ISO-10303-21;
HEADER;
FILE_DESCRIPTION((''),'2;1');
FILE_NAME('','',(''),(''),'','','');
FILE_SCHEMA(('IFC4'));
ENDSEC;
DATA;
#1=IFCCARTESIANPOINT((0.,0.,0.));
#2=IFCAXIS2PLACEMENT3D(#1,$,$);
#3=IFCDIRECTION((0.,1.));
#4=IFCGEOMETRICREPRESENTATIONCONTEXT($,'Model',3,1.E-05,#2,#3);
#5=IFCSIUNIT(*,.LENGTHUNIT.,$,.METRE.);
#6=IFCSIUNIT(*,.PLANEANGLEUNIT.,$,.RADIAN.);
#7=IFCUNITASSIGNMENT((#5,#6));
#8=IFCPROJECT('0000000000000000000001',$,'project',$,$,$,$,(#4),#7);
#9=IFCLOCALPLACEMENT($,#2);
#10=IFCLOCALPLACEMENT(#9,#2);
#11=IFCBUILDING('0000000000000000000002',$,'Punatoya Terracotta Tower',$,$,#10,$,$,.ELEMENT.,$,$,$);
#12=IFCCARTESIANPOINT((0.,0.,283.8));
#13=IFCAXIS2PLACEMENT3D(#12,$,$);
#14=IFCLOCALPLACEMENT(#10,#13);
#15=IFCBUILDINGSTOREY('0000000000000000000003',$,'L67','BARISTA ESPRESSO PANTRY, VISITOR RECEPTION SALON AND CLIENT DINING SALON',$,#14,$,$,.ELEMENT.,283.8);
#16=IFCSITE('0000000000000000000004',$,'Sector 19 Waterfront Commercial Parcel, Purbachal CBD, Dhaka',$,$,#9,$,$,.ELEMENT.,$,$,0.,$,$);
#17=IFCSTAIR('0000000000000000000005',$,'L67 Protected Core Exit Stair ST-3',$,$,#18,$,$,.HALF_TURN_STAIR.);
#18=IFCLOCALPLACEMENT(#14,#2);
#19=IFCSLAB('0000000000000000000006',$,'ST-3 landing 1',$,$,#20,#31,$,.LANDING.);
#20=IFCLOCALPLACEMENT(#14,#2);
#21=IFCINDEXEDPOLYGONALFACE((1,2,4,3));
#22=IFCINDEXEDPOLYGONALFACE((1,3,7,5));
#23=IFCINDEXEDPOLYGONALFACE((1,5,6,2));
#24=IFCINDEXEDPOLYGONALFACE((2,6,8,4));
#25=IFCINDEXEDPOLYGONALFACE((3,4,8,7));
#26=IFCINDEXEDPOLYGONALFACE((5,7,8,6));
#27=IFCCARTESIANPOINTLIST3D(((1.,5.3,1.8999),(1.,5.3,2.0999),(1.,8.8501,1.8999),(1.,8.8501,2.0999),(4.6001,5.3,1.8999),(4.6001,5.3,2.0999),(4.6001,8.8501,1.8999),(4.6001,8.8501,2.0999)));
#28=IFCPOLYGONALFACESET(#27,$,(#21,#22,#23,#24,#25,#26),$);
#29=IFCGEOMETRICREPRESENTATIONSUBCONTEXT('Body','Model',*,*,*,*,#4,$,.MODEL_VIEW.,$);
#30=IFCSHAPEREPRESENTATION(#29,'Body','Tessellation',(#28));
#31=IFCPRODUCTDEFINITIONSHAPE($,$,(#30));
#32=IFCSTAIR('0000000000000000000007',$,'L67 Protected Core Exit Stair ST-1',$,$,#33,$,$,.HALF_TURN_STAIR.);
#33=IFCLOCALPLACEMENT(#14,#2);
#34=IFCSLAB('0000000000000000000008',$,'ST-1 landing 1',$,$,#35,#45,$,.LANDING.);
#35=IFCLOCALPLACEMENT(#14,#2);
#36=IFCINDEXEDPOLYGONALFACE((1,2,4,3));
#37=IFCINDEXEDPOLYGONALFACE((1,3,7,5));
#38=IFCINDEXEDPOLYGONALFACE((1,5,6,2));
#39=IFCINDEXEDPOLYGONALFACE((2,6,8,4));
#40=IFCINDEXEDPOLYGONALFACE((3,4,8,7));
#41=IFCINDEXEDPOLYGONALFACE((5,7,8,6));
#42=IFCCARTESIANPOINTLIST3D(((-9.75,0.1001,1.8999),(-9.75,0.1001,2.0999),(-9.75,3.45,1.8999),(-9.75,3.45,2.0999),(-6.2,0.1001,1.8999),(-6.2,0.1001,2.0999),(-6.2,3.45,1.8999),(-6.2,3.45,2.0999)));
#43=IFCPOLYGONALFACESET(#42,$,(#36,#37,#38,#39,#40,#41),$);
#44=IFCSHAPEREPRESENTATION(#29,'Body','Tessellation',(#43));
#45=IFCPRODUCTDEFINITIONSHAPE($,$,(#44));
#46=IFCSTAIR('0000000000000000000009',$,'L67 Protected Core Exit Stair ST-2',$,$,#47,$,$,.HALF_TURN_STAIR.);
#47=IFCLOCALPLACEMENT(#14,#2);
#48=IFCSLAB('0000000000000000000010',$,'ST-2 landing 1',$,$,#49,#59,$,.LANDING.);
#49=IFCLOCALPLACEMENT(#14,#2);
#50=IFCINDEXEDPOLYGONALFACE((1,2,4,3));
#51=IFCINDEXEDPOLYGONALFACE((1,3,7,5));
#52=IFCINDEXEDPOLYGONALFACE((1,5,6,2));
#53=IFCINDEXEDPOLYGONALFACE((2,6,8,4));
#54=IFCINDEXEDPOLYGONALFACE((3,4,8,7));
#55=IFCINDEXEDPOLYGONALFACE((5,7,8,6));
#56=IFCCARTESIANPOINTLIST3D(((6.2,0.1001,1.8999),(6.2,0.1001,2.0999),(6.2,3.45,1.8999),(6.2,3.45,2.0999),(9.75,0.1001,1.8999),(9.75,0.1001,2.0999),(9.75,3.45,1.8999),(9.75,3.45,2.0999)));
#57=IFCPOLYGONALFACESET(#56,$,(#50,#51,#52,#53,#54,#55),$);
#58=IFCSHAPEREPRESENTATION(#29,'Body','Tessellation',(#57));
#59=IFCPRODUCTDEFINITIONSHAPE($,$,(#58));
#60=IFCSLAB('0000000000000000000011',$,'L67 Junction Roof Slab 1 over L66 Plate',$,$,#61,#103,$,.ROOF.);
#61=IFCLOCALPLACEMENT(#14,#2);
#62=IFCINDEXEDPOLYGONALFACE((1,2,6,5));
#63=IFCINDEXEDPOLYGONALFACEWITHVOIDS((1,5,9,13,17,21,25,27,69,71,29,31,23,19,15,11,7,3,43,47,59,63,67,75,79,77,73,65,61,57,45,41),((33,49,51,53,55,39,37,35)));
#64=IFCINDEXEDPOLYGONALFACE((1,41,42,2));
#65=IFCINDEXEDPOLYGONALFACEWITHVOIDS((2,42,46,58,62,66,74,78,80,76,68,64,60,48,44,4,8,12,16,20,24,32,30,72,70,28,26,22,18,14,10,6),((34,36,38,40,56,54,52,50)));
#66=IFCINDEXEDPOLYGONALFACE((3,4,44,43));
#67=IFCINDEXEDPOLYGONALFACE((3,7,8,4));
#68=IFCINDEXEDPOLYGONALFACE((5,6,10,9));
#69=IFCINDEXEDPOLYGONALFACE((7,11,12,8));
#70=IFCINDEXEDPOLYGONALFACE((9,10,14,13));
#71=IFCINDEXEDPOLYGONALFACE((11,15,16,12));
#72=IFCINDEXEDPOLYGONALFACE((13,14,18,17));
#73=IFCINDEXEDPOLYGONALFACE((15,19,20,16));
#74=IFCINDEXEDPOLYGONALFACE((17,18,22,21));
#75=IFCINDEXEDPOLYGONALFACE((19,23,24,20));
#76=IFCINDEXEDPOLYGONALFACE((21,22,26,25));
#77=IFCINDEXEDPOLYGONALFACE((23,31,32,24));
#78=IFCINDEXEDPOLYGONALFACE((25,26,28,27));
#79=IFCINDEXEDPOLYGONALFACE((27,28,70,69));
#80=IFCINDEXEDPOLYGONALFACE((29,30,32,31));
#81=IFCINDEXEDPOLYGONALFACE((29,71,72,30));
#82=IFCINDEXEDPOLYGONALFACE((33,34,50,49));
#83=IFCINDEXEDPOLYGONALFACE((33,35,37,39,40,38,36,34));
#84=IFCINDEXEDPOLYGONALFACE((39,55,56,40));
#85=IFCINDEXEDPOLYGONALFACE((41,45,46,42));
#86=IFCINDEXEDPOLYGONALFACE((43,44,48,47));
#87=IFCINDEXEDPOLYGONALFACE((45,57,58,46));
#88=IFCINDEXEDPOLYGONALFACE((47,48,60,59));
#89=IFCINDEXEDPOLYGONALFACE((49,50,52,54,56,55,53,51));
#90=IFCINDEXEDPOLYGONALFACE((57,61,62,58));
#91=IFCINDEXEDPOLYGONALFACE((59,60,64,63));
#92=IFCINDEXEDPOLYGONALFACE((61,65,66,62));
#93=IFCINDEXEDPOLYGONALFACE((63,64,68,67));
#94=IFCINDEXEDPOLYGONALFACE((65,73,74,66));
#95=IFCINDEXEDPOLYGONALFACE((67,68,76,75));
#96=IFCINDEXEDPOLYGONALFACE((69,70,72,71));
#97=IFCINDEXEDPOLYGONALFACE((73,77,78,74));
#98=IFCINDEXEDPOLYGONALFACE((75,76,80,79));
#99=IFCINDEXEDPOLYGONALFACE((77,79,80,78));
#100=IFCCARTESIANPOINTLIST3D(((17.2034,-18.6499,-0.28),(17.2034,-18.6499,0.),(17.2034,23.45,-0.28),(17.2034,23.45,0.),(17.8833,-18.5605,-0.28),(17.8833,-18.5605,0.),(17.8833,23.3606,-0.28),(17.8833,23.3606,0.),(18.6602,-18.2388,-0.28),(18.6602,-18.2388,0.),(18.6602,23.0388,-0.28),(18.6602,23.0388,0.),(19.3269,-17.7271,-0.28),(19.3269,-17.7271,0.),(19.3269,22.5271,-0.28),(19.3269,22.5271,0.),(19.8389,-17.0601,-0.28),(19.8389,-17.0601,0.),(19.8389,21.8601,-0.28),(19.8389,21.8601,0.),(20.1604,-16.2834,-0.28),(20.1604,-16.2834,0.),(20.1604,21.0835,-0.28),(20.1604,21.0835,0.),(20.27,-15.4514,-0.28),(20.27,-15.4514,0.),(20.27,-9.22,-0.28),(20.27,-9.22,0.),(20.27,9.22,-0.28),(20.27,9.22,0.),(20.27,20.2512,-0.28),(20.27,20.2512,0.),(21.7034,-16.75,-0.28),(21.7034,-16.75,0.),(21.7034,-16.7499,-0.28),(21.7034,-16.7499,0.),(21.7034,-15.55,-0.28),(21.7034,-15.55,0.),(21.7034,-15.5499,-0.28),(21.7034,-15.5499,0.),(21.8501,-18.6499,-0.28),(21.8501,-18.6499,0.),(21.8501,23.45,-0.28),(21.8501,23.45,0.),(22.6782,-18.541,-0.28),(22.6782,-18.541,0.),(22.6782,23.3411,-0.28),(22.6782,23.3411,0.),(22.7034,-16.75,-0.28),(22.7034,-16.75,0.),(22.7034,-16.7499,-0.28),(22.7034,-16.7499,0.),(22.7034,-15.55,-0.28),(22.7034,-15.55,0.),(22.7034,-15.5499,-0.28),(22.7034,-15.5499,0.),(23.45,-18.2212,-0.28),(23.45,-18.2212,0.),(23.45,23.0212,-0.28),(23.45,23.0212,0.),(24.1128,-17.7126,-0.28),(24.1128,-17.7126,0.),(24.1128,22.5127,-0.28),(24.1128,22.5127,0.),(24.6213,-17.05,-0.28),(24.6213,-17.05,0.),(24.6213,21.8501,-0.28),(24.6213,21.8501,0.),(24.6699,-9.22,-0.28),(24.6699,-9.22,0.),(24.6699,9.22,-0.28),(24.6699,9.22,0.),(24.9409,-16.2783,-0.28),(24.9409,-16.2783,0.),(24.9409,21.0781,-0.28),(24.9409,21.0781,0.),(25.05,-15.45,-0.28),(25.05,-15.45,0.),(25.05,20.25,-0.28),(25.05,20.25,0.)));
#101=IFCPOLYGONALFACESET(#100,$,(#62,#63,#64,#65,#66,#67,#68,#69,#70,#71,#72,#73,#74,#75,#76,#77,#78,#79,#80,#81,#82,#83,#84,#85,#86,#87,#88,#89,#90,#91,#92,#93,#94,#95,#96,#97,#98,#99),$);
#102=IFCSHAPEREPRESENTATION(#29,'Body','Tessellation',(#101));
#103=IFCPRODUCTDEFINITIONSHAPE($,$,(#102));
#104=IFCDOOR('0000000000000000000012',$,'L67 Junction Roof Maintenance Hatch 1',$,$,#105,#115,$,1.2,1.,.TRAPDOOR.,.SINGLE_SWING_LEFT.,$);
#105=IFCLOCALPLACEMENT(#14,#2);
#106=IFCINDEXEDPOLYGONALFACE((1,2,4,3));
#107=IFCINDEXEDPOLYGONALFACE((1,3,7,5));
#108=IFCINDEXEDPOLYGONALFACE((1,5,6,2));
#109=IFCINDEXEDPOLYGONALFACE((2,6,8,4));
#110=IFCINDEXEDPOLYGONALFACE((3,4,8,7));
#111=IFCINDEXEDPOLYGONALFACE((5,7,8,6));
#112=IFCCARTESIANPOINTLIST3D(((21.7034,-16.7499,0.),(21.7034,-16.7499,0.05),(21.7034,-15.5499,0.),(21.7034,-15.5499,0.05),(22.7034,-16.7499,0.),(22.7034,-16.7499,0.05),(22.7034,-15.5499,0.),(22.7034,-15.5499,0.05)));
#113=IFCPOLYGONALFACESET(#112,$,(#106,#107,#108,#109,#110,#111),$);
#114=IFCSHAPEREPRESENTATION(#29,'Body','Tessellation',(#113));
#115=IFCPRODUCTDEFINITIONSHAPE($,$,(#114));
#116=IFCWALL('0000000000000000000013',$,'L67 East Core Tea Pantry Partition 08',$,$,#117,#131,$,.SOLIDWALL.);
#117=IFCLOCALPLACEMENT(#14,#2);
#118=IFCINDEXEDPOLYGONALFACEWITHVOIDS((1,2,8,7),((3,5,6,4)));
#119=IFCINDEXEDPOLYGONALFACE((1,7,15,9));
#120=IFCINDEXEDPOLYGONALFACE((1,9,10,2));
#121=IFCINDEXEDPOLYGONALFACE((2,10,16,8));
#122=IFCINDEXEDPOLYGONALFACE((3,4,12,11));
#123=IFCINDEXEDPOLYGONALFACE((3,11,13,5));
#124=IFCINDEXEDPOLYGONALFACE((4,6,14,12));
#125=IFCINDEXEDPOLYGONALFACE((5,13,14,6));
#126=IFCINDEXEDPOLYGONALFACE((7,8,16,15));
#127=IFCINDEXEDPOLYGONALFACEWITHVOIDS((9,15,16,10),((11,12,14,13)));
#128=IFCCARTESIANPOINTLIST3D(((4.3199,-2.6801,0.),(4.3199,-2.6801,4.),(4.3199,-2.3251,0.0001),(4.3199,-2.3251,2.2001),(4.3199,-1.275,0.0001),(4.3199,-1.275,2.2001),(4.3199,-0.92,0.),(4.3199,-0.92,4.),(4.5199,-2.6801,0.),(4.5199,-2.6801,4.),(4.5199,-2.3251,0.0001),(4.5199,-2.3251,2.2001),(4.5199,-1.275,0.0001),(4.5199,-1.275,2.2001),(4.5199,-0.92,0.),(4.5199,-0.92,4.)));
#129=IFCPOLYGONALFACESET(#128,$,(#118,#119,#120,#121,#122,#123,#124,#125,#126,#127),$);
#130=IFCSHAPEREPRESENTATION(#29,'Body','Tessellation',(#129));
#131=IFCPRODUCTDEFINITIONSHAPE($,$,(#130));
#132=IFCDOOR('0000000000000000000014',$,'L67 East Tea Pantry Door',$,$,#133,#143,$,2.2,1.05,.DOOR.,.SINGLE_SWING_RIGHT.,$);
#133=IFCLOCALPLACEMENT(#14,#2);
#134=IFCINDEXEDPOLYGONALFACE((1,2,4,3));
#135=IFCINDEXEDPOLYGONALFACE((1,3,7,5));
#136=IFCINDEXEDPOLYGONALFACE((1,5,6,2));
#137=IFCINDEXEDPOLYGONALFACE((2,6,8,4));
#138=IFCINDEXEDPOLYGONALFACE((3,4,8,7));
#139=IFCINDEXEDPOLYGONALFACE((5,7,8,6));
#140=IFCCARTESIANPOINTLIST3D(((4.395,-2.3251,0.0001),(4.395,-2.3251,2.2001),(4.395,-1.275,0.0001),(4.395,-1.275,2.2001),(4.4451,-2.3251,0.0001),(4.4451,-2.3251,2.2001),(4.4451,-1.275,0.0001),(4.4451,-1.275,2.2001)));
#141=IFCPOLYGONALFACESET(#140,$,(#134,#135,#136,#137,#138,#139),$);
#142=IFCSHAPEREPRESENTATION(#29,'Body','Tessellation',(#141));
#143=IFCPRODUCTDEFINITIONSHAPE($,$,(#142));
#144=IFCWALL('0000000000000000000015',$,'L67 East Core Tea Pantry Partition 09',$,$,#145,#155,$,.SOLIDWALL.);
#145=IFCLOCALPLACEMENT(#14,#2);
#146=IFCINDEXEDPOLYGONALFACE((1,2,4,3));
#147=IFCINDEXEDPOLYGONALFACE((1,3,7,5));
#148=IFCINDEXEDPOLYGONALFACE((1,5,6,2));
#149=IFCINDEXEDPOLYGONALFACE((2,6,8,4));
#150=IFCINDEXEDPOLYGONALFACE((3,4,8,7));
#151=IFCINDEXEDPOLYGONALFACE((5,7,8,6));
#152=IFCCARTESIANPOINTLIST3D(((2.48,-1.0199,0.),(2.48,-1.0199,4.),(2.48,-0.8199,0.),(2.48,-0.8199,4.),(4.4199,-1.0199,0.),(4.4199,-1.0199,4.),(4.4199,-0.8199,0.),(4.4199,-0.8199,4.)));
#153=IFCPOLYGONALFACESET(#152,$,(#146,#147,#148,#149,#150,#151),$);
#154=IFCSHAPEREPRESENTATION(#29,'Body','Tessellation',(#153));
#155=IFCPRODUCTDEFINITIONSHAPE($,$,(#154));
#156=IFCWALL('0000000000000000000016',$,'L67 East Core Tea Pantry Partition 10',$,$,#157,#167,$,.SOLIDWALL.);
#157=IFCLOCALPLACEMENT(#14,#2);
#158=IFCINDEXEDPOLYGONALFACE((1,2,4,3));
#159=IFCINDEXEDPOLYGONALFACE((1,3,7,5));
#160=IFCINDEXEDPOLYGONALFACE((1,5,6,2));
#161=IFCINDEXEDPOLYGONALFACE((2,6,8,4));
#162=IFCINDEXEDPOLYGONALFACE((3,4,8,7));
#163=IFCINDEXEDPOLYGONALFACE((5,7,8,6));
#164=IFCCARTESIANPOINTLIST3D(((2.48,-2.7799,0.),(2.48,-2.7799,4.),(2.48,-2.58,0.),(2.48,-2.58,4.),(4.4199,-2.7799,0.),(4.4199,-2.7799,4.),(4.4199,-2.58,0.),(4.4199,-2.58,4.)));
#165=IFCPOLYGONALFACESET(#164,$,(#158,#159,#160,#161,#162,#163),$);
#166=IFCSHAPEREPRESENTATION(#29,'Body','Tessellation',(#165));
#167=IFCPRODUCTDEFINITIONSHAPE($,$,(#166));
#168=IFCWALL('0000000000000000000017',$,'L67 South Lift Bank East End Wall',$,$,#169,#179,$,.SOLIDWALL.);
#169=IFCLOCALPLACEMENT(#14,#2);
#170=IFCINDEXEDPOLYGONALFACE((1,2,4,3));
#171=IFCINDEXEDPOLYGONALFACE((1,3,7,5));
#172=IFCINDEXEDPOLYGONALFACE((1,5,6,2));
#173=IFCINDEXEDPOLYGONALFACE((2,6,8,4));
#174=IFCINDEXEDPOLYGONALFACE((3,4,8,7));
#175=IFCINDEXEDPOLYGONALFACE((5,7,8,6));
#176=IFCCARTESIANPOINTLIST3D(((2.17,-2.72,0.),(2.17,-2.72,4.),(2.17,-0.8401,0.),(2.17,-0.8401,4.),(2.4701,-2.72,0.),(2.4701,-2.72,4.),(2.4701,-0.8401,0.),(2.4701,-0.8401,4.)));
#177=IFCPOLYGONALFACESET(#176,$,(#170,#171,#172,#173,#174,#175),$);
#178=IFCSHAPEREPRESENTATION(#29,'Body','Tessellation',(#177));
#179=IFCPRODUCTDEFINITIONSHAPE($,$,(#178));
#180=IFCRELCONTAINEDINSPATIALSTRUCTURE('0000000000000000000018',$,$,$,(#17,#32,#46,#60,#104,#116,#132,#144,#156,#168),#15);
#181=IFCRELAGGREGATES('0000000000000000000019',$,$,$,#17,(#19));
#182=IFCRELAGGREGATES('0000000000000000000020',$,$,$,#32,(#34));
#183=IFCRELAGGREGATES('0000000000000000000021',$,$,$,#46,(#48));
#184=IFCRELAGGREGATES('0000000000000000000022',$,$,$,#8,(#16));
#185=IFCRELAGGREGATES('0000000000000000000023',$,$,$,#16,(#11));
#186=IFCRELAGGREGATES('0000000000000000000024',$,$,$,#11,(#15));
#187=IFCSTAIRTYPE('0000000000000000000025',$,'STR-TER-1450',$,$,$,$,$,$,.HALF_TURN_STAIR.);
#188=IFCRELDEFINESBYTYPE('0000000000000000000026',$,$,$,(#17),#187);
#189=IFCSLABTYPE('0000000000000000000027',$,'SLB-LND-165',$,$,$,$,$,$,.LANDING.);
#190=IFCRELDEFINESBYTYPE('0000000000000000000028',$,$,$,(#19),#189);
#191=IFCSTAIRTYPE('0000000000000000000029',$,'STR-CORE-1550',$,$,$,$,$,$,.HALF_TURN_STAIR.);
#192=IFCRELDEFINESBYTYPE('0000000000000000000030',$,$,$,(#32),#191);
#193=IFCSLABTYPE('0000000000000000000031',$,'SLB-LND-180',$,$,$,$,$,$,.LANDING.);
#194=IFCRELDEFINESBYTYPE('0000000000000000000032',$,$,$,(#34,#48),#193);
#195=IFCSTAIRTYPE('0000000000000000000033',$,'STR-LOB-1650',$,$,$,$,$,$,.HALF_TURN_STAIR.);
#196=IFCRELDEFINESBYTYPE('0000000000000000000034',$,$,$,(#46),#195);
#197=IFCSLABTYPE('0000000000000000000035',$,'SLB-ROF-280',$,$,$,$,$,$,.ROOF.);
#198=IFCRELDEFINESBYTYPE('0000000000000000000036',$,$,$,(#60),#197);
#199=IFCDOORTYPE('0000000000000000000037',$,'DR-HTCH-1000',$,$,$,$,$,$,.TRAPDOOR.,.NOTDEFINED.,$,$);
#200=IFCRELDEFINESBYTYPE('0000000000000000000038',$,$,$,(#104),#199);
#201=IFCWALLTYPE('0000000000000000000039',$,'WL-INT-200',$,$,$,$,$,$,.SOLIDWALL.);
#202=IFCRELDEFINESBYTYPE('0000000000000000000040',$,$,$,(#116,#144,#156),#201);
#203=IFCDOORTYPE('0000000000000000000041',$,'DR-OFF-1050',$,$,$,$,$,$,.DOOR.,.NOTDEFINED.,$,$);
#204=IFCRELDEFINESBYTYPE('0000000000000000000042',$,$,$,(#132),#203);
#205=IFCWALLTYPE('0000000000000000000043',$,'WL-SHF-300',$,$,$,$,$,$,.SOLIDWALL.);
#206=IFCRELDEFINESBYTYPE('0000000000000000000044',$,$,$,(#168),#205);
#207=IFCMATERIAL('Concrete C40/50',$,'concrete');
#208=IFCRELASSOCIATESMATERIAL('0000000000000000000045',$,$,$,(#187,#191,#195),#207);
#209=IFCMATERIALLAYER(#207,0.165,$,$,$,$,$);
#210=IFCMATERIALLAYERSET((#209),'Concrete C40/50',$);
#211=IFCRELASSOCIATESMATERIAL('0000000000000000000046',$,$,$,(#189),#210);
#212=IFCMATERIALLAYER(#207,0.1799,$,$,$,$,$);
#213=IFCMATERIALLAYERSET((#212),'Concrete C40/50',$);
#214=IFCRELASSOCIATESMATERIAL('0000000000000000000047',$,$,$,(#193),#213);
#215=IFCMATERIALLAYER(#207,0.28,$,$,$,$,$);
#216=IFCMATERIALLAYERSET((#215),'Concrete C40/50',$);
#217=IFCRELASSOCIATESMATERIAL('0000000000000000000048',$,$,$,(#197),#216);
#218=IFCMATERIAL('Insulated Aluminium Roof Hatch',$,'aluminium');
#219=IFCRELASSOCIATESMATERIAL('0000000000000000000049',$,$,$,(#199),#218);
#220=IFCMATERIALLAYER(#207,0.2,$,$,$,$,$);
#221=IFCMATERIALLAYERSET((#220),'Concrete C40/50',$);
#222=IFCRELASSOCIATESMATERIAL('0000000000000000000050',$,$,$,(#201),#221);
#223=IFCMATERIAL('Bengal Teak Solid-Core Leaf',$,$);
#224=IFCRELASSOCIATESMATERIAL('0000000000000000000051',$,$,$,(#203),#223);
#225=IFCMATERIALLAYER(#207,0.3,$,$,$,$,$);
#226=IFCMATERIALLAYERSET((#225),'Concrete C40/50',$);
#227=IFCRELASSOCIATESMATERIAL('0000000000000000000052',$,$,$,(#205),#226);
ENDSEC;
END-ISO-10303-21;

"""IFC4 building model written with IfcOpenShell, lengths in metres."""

from ifc_helpers import new_model, si_unit, direction, frame, frame_2d, origin, origin_2d, place, context, subcontext, project, spatial, polyline, rectangle, outline, extrude, material, layer, layer_set, type_object, element, fill, aggregate, save


model = new_model("IFC4")

# Units and contexts
model_context = context("Model", 3, precision=1e-05, world=origin(), true_north=direction((0.0, 1.0)))
body_context = subcontext(model_context, "Body", "Model", "MODEL_VIEW")
ifc_project = project(units=[si_unit("LENGTHUNIT", "METRE"), si_unit("PLANEANGLEUNIT", "RADIAN")], contexts=[model_context])

# Site, building, storey
site_placement = place(None, origin())
site = spatial("IfcSite", under=ifc_project, at=site_placement, Name="Sector 19 Waterfront Commercial Parcel, Purbachal CBD, Dhaka", CompositionType="ELEMENT", RefElevation=0.0)
building_placement = place(site_placement, origin())
building = spatial("IfcBuilding", under=site, at=building_placement, Name="Punatoya Terracotta Tower", CompositionType="ELEMENT")
storey_placement = place(building_placement, frame((0.0, 0.0, 283.8)))
storey = spatial("IfcBuildingStorey", under=building, at=storey_placement, Name="L67", Description="BARISTA ESPRESSO PANTRY, VISITOR RECEPTION SALON AND CLIENT DINING SALON", CompositionType="ELEMENT", Elevation=283.8)

# Stairs, slabs
ifc_material_1 = material(Name="Concrete C40/50", Category="concrete")
stair_type_1 = type_object("IfcStairType", Name="STR-TER-1450", PredefinedType="HALF_TURN_STAIR", material=ifc_material_1)
stair_1_placement = place(storey_placement, origin())
stair_1 = element("IfcStair", 1, at=stair_1_placement, inside=storey, type_object=stair_type_1, Name="L67 Protected Core Exit Stair ST-3", PredefinedType="HALF_TURN_STAIR")
ifc_layer_1 = layer(ifc_material_1, 0.165)
ifc_layer_set_1 = layer_set([ifc_layer_1], Name="Concrete C40/50")
slab_type_1 = type_object("IfcSlabType", Name="SLB-LND-165", PredefinedType="LANDING", material=ifc_layer_set_1)
slab_1_placement = place(storey_placement, frame((0.0, 0.0, 1.8999)))
slab_1 = element("IfcSlab", 2, at=slab_1_placement, type_object=slab_type_1, Name="ST-3 landing 1", PredefinedType="LANDING", context=body_context, shape_type="SweptSolid", body=[
    extrude(outline(polyline([(1.0, 5.3), (4.6001, 5.3), (4.6001, 8.8501), (1.0, 8.8501), (1.0, 5.3)])), origin(), (0.0, 0.0, 1.0), 0.2),
])
aggregate(stair_1, [slab_1])
stair_type_2 = type_object("IfcStairType", Name="STR-CORE-1550", PredefinedType="HALF_TURN_STAIR", material=ifc_material_1)
stair_2_placement = place(storey_placement, origin())
stair_2 = element("IfcStair", 3, at=stair_2_placement, inside=storey, type_object=stair_type_2, Name="L67 Protected Core Exit Stair ST-1", PredefinedType="HALF_TURN_STAIR")
ifc_layer_2 = layer(ifc_material_1, 0.1799)
ifc_layer_set_2 = layer_set([ifc_layer_2], Name="Concrete C40/50")
slab_type_2 = type_object("IfcSlabType", Name="SLB-LND-180", PredefinedType="LANDING", material=ifc_layer_set_2)
slab_2_placement = place(storey_placement, frame((0.0, 0.0, 1.8999)))
slab_2 = element("IfcSlab", 4, at=slab_2_placement, type_object=slab_type_2, Name="ST-1 landing 1", PredefinedType="LANDING", context=body_context, shape_type="SweptSolid", body=[
    extrude(outline(polyline([(-6.2, 0.1001), (-6.2, 3.45), (-9.75, 3.45), (-9.75, 0.1001), (-6.2, 0.1001)])), origin(), (0.0, 0.0, 1.0), 0.2),
])
aggregate(stair_2, [slab_2])
stair_type_3 = type_object("IfcStairType", Name="STR-LOB-1650", PredefinedType="HALF_TURN_STAIR", material=ifc_material_1)
stair_3_placement = place(storey_placement, origin())
stair_3 = element("IfcStair", 5, at=stair_3_placement, inside=storey, type_object=stair_type_3, Name="L67 Protected Core Exit Stair ST-2", PredefinedType="HALF_TURN_STAIR")
slab_3_placement = place(storey_placement, frame((0.0, 0.0, 1.8999)))
slab_3 = element("IfcSlab", 6, at=slab_3_placement, type_object=slab_type_2, Name="ST-2 landing 1", PredefinedType="LANDING", context=body_context, shape_type="SweptSolid", body=[
    extrude(outline(polyline([(9.75, 0.1001), (9.75, 3.45), (6.2, 3.45), (6.2, 0.1001), (9.75, 0.1001)])), origin(), (0.0, 0.0, 1.0), 0.2),
])

# Slab, opening, door
ifc_layer_3 = layer(ifc_material_1, 0.28)
ifc_layer_set_3 = layer_set([ifc_layer_3], Name="Concrete C40/50")
slab_type_3 = type_object("IfcSlabType", Name="SLB-ROF-280", PredefinedType="ROOF", material=ifc_layer_set_3)
slab_4_placement = place(storey_placement, frame((0.0, 0.0, -0.28)))
slab_4 = element("IfcSlab", 7, at=slab_4_placement, inside=storey, type_object=slab_type_3, Name="L67 Junction Roof Slab 1 over L66 Plate", PredefinedType="ROOF", context=body_context, shape_type="SweptSolid", body=[
    extrude(outline(polyline([(23.45, 23.0212), (22.6782, 23.3411), (21.8501, 23.45), (17.2034, 23.45), (17.8833, 23.3606), (18.6602, 23.0388), (19.3269, 22.5271), (19.8389, 21.8601), (20.1604, 21.0835), (20.27, 20.2512), (20.27, 9.22), (24.6699, 9.22), (24.6699, -9.22), (20.27, -9.22), (20.27, -15.4514), (20.1604, -16.2834), (19.8389, -17.0601), (19.3269, -17.7271), (18.6602, -18.2388), (17.8833, -18.5605), (17.2034, -18.6499), (21.8501, -18.6499), (22.6782, -18.541), (23.45, -18.2212), (24.1128, -17.7126), (24.6213, -17.05), (24.9409, -16.2783), (25.05, -15.45), (25.05, 20.25), (24.9409, 21.0781), (24.6213, 21.8501), (24.1128, 22.5127), (23.45, 23.0212)]), holes=[polyline([(22.7034, -15.55), (22.7034, -16.75), (21.7034, -16.75), (21.7034, -15.55), (22.7034, -15.55)])]), origin(), (0.0, 0.0, 1.0), 0.28),
])
opening_1_placement = place(slab_4_placement, frame((22.2034, -16.1499, 0.0)))
opening_1 = element("IfcOpeningElement", 8, at=opening_1_placement, cuts=slab_4, PredefinedType="OPENING", context=body_context, shape_type="SweptSolid", body=[
    extrude(rectangle(XDim=1.0, YDim=1.2, at=origin_2d()), frame((0.0, 0.0, -0.01)), (0.0, 0.0, 1.0), 0.3501),
])
ifc_material_2 = material(Name="Insulated Aluminium Roof Hatch", Category="aluminium")
door_type_1 = type_object("IfcDoorType", Name="DR-HTCH-1000", OperationType="NOTDEFINED", PredefinedType="TRAPDOOR", material=ifc_material_2)
door_1_placement = place(opening_1_placement, frame((0.0, 0.0, 0.28)))
door_1 = element("IfcDoor", 9, at=door_1_placement, inside=storey, type_object=door_type_1, Name="L67 Junction Roof Maintenance Hatch 1", OperationType="SINGLE_SWING_LEFT", OverallHeight=1.2, OverallWidth=1.0, PredefinedType="TRAPDOOR", context=body_context, shape_type="SweptSolid", body=[
    extrude(rectangle(XDim=1.0, YDim=1.2, at=origin_2d()), origin(), (0.0, 0.0, 1.0), 0.05),
])
fill(opening_1, door_1)

# Wall, opening, door
ifc_layer_4 = layer(ifc_material_1, 0.2)
ifc_layer_set_4 = layer_set([ifc_layer_4], Name="Concrete C40/50")
wall_type_1 = type_object("IfcWallType", Name="WL-INT-200", PredefinedType="SOLIDWALL", material=ifc_layer_set_4)
wall_1_placement = place(storey_placement, frame((4.4199, -2.6799, 0.0), z_axis=(0.0, 0.0, 1.0), x_axis=(0.0, 1.0, 0.0)))
wall_1 = element("IfcWall", 10, at=wall_1_placement, inside=storey, type_object=wall_type_1, Name="L67 East Core Tea Pantry Partition 08", PredefinedType="SOLIDWALL", context=body_context, shape_type="SweptSolid", body=[
    extrude(rectangle(XDim=1.76, YDim=0.2, at=frame_2d((0.8799, 0.0))), origin(), (0.0, 0.0, 1.0), 4.0),
])
opening_2_placement = place(wall_1_placement, frame((0.355, 0.0, 0.0)))
opening_2 = element("IfcOpeningElement", 11, at=opening_2_placement, cuts=wall_1, PredefinedType="OPENING", context=body_context, shape_type="SweptSolid", body=[
    extrude(rectangle(XDim=1.05, YDim=2.2, at=frame_2d((0.5249, 1.1001))), frame((0.0, 0.1099, 0.0), z_axis=(0.0, -1.0, 0.0), x_axis=(1.0, 0.0, 0.0)), (0.0, 0.0, 1.0), 0.22),
])
ifc_material_3 = material(Name="Bengal Teak Solid-Core Leaf")
door_type_2 = type_object("IfcDoorType", Name="DR-OFF-1050", OperationType="NOTDEFINED", PredefinedType="DOOR", material=ifc_material_3)
door_2_placement = place(opening_2_placement, origin())
door_2 = element("IfcDoor", 12, at=door_2_placement, inside=storey, type_object=door_type_2, Name="L67 East Tea Pantry Door", OperationType="SINGLE_SWING_RIGHT", OverallHeight=2.2, OverallWidth=1.05, PredefinedType="DOOR", context=body_context, shape_type="SweptSolid", body=[
    extrude(rectangle(XDim=1.05, YDim=2.2, at=frame_2d((0.5249, 1.1001))), frame((0.0, 0.0249, 0.0), z_axis=(0.0, -1.0, 0.0), x_axis=(1.0, 0.0, 0.0)), (0.0, 0.0, 1.0), 0.05),
])
fill(opening_2, door_2)

# Walls
for number, where, z_axis, x_axis, name in (
    (13, (4.4199, -0.9199, 0.0), (0.0, 0.0, 1.0), (-1.0, 0.0, 0.0), "L67 East Core Tea Pantry Partition 09"),
    (14, (2.48, -2.6799, 0.0), (0.0, 0.0, 1.0), (1.0, 0.0, 0.0), "L67 East Core Tea Pantry Partition 10"),
):
    element("IfcWall", number, at=place(storey_placement, frame(where, z_axis=z_axis, x_axis=x_axis)), inside=storey, type_object=wall_type_1, Name=name, PredefinedType="SOLIDWALL", context=body_context, shape_type="SweptSolid", body=[
        extrude(rectangle(XDim=1.9399, YDim=0.2, at=frame_2d((0.97, 0.0))), origin(), (0.0, 0.0, 1.0), 4.0),
    ])
ifc_layer_5 = layer(ifc_material_1, 0.3)
ifc_layer_set_5 = layer_set([ifc_layer_5], Name="Concrete C40/50")
wall_type_2 = type_object("IfcWallType", Name="WL-SHF-300", PredefinedType="SOLIDWALL", material=ifc_layer_set_5)
wall_2_placement = place(storey_placement, frame((2.3201, -2.72, 0.0), z_axis=(0.0, 0.0, 1.0), x_axis=(0.0, 1.0, 0.0)))
element("IfcWall", 15, at=wall_2_placement, inside=storey, type_object=wall_type_2, Name="L67 South Lift Bank East End Wall", PredefinedType="SOLIDWALL", context=body_context, shape_type="SweptSolid", body=[
    extrude(rectangle(XDim=1.8799, YDim=0.3, at=frame_2d((0.9399, 0.0))), origin(), (0.0, 0.0, 1.0), 4.0),
])

aggregate(stair_3, [slab_3])

save(model, "model.ifc")
